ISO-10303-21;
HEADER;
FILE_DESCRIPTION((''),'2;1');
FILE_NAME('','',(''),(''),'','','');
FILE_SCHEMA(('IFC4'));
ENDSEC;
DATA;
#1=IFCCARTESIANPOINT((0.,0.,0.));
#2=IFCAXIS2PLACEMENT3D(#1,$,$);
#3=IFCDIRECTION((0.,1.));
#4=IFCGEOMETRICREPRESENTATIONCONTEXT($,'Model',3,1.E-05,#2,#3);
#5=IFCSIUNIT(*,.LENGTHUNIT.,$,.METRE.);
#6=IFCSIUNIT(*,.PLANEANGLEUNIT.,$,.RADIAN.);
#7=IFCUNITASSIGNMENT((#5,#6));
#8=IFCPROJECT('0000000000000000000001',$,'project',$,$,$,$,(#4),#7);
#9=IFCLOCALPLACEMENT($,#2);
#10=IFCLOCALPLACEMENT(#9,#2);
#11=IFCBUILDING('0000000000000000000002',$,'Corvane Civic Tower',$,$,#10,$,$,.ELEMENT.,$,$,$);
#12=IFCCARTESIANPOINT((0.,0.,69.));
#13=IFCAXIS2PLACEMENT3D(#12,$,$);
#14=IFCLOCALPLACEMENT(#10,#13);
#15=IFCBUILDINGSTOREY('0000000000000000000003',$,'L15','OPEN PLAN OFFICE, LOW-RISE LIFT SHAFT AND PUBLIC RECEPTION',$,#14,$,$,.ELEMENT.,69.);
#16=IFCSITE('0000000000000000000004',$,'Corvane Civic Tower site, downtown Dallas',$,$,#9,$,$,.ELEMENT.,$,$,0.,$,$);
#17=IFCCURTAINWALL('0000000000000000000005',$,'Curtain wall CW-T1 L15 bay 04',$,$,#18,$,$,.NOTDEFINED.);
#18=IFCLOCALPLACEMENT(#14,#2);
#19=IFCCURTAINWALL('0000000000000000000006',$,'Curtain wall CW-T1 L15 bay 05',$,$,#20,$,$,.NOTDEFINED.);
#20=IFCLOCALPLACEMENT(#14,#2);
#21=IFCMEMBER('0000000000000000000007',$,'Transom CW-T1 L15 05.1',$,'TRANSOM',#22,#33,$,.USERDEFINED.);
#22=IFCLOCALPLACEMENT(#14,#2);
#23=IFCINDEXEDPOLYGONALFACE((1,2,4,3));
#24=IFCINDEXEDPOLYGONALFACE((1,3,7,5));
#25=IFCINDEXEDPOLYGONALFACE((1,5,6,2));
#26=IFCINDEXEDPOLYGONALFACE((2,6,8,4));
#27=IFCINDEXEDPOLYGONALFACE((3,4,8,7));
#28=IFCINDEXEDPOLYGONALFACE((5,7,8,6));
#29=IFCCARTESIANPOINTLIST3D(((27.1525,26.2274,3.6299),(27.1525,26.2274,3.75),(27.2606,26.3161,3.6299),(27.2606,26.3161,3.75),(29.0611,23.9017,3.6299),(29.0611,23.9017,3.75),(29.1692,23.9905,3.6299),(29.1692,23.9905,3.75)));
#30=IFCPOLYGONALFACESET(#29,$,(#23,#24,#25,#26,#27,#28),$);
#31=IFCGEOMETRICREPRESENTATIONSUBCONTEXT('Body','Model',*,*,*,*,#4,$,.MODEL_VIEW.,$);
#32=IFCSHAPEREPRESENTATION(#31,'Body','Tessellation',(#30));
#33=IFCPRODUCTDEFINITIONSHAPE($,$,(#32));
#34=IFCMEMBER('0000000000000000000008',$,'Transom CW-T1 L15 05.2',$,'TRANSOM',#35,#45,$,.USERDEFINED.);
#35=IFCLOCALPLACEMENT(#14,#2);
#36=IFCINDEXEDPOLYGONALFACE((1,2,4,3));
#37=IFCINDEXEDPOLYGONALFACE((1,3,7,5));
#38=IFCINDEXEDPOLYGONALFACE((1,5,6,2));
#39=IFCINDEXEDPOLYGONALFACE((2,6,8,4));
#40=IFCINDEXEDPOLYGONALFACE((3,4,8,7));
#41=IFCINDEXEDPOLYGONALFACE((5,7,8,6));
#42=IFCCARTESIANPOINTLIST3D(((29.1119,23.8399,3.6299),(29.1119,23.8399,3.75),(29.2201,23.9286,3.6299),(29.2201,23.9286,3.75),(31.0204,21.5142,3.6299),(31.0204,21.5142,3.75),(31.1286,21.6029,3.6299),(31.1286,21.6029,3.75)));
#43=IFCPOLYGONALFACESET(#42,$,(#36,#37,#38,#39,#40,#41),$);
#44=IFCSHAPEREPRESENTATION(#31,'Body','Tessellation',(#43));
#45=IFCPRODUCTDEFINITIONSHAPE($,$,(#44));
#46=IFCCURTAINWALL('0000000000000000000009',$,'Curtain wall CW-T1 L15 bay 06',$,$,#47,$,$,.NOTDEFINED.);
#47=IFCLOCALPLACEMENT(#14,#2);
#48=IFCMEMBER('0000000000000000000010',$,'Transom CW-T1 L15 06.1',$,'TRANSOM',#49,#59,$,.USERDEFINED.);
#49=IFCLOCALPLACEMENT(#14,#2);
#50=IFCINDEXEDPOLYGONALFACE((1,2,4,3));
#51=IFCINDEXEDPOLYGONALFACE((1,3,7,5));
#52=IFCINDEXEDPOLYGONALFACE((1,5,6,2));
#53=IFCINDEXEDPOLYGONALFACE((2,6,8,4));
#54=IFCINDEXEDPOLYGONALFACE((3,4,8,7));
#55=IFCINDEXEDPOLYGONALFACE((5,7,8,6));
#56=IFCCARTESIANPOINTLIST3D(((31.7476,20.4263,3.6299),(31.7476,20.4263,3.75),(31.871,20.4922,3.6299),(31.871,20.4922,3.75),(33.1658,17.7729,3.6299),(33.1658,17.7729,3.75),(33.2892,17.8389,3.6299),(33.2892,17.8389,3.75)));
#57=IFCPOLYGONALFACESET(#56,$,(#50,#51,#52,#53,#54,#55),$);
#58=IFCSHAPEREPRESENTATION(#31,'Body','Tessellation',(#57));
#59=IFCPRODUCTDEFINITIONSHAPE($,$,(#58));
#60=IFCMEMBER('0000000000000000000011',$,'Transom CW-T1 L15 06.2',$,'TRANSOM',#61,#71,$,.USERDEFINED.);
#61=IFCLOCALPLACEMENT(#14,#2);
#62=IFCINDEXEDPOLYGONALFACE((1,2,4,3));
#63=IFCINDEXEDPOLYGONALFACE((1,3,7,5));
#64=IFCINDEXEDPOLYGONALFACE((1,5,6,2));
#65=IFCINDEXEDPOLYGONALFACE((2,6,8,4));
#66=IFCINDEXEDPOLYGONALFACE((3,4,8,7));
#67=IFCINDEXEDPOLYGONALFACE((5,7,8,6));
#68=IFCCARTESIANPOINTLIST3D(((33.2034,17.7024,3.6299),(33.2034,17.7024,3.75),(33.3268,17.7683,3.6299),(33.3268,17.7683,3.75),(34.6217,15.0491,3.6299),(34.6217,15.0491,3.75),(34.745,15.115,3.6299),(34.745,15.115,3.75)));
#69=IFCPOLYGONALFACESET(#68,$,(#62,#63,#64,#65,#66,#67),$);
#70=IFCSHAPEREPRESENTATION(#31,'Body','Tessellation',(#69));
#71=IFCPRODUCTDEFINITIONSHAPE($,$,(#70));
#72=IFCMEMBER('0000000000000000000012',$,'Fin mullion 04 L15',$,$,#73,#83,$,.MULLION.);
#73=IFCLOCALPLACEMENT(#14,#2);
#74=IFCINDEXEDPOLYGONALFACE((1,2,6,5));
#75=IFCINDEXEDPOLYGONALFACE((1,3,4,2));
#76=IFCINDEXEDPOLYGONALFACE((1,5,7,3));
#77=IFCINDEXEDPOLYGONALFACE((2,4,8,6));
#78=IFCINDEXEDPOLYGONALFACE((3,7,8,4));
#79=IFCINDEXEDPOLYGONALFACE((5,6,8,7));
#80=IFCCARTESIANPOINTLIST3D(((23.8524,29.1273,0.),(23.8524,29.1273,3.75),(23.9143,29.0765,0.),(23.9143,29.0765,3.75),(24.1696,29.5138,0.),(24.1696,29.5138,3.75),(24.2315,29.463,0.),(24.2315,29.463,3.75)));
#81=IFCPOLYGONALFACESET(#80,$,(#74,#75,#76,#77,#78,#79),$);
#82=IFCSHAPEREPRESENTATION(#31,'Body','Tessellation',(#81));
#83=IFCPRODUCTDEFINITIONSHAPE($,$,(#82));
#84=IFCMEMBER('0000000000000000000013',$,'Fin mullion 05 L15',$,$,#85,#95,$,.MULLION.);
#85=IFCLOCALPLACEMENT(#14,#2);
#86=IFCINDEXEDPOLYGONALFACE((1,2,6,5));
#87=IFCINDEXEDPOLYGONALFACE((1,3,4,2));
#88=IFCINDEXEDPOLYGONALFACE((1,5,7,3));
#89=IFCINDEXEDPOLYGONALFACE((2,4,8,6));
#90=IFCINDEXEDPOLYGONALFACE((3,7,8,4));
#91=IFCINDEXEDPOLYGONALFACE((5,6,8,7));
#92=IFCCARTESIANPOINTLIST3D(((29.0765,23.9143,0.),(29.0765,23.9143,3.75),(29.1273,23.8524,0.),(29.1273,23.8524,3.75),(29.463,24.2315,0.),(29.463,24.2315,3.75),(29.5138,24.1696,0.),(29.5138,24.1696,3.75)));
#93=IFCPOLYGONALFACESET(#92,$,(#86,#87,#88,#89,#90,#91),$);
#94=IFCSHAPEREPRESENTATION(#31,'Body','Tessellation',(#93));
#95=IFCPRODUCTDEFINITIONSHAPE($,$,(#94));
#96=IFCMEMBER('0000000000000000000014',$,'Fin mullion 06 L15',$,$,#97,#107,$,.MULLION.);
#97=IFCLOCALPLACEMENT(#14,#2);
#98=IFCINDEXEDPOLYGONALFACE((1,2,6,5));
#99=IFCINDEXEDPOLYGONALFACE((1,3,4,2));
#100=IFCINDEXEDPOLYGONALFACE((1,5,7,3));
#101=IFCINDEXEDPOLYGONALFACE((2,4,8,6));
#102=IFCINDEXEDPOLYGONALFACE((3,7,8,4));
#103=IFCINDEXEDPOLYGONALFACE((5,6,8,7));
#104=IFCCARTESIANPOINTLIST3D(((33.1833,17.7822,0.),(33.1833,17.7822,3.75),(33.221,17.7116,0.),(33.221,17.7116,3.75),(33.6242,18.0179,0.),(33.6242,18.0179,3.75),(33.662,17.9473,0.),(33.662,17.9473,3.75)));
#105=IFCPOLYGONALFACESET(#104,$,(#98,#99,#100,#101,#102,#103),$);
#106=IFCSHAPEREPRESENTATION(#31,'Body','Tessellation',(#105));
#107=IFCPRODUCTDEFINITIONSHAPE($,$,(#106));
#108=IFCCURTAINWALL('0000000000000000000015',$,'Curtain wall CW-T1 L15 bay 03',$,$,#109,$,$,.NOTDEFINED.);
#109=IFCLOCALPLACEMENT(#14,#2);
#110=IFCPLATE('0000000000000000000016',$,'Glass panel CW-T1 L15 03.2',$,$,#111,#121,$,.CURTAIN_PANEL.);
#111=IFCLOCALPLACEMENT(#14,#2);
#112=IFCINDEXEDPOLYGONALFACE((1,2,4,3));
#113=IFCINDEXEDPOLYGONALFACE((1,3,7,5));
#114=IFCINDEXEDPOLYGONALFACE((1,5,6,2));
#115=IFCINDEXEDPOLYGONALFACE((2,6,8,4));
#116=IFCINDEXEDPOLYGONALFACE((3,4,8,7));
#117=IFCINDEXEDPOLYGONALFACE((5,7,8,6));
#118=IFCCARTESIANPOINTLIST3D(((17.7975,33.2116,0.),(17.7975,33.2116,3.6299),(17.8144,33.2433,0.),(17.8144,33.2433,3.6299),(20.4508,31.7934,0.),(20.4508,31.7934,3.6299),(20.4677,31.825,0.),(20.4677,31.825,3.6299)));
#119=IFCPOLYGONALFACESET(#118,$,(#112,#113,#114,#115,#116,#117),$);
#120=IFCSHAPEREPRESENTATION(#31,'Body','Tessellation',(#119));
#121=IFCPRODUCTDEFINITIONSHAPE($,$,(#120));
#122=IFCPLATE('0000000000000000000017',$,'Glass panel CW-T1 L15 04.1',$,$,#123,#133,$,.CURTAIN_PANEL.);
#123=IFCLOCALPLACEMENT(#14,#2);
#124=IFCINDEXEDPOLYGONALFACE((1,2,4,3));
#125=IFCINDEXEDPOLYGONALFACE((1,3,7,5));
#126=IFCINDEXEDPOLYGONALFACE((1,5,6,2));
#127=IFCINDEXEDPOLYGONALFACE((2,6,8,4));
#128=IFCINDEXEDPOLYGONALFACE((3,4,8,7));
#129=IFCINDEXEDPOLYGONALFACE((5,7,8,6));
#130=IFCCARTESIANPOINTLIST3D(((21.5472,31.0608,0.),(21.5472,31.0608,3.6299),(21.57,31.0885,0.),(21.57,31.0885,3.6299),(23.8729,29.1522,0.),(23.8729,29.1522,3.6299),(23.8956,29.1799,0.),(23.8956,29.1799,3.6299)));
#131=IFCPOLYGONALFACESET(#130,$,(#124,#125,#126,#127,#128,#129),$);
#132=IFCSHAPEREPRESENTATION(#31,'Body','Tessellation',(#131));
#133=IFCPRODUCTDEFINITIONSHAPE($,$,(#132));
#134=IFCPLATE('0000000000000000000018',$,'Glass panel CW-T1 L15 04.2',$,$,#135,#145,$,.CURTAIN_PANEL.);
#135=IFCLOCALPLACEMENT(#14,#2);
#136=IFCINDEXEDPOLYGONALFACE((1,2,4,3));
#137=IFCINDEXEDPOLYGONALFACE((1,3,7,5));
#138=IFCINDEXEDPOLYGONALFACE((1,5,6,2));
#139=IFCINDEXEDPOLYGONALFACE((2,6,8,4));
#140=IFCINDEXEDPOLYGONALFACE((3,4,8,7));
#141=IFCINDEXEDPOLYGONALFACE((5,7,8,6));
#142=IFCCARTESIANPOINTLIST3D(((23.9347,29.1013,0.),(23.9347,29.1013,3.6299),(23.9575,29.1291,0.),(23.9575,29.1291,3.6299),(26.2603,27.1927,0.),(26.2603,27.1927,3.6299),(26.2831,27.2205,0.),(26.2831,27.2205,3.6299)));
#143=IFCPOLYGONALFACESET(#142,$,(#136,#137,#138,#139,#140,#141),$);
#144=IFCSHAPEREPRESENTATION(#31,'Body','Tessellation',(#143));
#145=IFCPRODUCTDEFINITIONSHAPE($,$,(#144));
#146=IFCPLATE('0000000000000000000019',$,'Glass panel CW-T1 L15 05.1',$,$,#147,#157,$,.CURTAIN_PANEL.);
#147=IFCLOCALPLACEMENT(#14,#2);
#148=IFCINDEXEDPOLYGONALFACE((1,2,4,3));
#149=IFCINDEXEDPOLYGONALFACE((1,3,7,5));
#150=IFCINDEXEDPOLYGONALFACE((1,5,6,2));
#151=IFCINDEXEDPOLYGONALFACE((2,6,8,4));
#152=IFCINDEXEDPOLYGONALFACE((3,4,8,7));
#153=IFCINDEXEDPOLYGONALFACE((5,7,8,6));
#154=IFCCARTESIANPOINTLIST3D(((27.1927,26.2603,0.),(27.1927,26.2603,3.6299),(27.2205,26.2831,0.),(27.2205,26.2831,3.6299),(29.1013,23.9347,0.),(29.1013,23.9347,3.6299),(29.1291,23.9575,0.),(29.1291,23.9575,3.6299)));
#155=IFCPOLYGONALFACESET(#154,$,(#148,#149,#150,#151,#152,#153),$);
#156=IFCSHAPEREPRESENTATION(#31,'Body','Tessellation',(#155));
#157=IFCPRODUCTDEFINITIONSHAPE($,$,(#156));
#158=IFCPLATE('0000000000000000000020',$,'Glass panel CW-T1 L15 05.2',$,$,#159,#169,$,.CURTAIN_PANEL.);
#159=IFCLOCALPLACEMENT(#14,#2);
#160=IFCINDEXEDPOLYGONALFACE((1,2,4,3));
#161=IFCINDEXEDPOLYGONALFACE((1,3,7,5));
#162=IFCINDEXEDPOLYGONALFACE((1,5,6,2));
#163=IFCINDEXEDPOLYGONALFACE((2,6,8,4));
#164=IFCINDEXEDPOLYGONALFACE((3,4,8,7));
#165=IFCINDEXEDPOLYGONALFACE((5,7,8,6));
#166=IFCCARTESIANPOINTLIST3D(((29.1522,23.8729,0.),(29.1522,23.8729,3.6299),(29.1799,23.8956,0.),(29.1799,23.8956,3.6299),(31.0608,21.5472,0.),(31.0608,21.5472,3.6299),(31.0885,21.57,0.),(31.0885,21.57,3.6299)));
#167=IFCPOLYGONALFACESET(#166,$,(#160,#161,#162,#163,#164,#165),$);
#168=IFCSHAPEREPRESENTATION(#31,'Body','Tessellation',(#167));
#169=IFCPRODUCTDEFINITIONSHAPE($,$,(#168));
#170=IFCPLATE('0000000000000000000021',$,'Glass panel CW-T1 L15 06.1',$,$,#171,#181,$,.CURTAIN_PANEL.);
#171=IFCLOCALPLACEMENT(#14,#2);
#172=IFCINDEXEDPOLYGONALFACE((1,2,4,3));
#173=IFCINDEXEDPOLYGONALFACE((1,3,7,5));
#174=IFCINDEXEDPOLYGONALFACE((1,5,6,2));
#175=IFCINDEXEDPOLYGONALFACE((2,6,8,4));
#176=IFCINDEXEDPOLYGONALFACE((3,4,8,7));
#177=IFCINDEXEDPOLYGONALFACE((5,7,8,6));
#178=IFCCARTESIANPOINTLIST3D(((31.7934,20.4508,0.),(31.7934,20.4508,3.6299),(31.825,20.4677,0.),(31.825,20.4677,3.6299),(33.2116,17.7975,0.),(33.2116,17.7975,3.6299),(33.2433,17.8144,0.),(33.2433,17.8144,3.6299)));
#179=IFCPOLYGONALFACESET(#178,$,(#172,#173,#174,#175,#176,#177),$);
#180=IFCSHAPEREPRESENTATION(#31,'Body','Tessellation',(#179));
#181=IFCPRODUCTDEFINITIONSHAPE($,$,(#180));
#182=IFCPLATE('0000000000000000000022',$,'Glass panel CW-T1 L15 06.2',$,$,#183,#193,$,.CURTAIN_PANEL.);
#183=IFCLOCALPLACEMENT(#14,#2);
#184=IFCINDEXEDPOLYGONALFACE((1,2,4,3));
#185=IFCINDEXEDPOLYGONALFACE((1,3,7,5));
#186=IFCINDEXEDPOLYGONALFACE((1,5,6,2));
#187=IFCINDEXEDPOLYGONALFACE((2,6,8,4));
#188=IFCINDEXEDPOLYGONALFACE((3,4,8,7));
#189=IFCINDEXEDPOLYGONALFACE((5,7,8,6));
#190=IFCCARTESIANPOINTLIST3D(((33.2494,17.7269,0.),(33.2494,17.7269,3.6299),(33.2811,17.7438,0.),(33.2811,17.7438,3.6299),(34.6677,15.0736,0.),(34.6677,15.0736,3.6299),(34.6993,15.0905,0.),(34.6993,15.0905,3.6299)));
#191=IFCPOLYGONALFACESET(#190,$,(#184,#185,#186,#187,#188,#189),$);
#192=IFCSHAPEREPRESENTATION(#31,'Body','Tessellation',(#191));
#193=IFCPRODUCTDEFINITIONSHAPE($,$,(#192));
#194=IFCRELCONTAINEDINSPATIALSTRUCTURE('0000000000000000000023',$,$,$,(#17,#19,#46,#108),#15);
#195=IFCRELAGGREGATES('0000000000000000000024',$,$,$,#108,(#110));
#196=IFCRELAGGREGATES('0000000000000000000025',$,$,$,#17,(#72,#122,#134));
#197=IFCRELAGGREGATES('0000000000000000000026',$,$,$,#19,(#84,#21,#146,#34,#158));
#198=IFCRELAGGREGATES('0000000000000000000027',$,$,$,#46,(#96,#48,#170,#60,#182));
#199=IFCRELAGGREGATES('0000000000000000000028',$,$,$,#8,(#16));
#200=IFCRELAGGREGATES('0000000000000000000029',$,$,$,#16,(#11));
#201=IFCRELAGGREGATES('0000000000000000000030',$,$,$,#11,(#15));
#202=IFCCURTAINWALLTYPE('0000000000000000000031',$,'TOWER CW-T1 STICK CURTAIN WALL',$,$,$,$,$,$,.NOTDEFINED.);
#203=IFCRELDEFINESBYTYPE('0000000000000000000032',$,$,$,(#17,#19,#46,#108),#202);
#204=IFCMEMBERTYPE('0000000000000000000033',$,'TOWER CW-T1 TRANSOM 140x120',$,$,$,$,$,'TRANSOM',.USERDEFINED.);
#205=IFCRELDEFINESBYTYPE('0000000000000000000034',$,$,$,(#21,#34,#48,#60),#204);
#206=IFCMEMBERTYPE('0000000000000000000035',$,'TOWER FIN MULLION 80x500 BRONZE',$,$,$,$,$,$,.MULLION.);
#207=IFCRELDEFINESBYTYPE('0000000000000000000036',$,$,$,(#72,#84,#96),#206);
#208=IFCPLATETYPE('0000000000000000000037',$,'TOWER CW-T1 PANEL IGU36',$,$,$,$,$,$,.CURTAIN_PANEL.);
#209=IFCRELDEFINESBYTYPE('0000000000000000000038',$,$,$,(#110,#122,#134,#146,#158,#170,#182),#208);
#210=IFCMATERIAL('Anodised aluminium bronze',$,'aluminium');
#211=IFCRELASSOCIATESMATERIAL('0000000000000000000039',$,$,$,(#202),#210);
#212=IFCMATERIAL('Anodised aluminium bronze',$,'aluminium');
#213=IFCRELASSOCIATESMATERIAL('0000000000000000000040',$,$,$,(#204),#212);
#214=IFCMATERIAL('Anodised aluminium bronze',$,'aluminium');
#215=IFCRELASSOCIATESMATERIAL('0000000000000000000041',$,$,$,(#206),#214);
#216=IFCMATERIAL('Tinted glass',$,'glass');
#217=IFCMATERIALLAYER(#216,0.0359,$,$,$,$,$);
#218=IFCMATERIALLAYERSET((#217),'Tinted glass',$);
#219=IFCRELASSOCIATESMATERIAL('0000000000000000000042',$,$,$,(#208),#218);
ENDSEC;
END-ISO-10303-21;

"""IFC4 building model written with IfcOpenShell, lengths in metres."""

from ifc_helpers import new_model, si_unit, direction, frame, origin, origin_2d, place, context, subcontext, project, spatial, rectangle, extrude, material, layer, layer_set, material_profile, profile_set, type_object, element, aggregate, save


model = new_model("IFC4")

# Units and contexts
model_context = context("Model", 3, precision=1e-05, world=origin(), true_north=direction((0.0, 1.0)))
body_context = subcontext(model_context, "Body", "Model", "MODEL_VIEW")
ifc_project = project(units=[si_unit("LENGTHUNIT", "METRE"), si_unit("PLANEANGLEUNIT", "RADIAN")], contexts=[model_context])

# Site, building, storey
site_placement = place(None, origin())
site = spatial("IfcSite", under=ifc_project, at=site_placement, Name="Corvane Civic Tower site, downtown Dallas", CompositionType="ELEMENT", RefElevation=0.0)
building_placement = place(site_placement, origin())
building = spatial("IfcBuilding", under=site, at=building_placement, Name="Corvane Civic Tower", CompositionType="ELEMENT")
storey_placement = place(building_placement, frame((0.0, 0.0, 69.0)))
storey = spatial("IfcBuildingStorey", under=building, at=storey_placement, Name="L15", Description="OPEN PLAN OFFICE, LOW-RISE LIFT SHAFT AND PUBLIC RECEPTION", CompositionType="ELEMENT", Elevation=69.0)

# Curtain walls, members
ifc_material_1 = material(Name="Anodised aluminium bronze", Category="aluminium")
curtain_wall_type = type_object("IfcCurtainWallType", Name="TOWER CW-T1 STICK CURTAIN WALL", PredefinedType="NOTDEFINED", material=ifc_material_1)
curtain_wall_1_placement = place(storey_placement, origin())
curtain_wall_1 = element("IfcCurtainWall", 1, at=curtain_wall_1_placement, inside=storey, type_object=curtain_wall_type, Name="Curtain wall CW-T1 L15 bay 04", PredefinedType="NOTDEFINED")
ifc_material_2 = material(Name="Anodised aluminium bronze", Category="aluminium")
ifc_material_profile_1 = material_profile(ifc_material_2, rectangle(XDim=0.1399, YDim=0.1201, at=origin_2d()), Name="TOWER CW-T1 TRANSOM 140x120")
ifc_profile_set_1 = profile_set([ifc_material_profile_1], Name="Anodised aluminium bronze")
member_type_1 = type_object("IfcMemberType", Name="TOWER CW-T1 TRANSOM 140x120", ElementType="TRANSOM", PredefinedType="USERDEFINED", material=ifc_profile_set_1)
curtain_wall_2_placement = place(storey_placement, origin())
curtain_wall_2 = element("IfcCurtainWall", 2, at=curtain_wall_2_placement, inside=storey, type_object=curtain_wall_type, Name="Curtain wall CW-T1 L15 bay 05", PredefinedType="NOTDEFINED")
member_1_placement = place(storey_placement, frame((27.2065, 26.2717, 3.6899), z_axis=(0.634404, -0.773002, 0.0), x_axis=(0.773002, 0.634404, 0.0)))
member_1 = element("IfcMember", 3, at=member_1_placement, type_object=member_type_1, Name="Transom CW-T1 L15 05.1", ObjectType="TRANSOM", PredefinedType="USERDEFINED", context=body_context, shape_type="SweptSolid", body=[
    extrude(rectangle(XDim=0.1399, YDim=0.1201, at=origin_2d()), origin(), (0.0, 0.0, 1.0), 3.0085),
])
member_2_placement = place(storey_placement, frame((29.166, 23.8843, 3.6899), z_axis=(0.634355, -0.773042, 0.0), x_axis=(0.773042, 0.634355, 0.0)))
member_2 = element("IfcMember", 4, at=member_2_placement, type_object=member_type_1, Name="Transom CW-T1 L15 05.2", ObjectType="TRANSOM", PredefinedType="USERDEFINED", context=body_context, shape_type="SweptSolid", body=[
    extrude(rectangle(XDim=0.1399, YDim=0.1201, at=origin_2d()), origin(), (0.0, 0.0, 1.0), 3.0085),
])
curtain_wall_3_placement = place(storey_placement, origin())
curtain_wall_3 = element("IfcCurtainWall", 5, at=curtain_wall_3_placement, inside=storey, type_object=curtain_wall_type, Name="Curtain wall CW-T1 L15 bay 06", PredefinedType="NOTDEFINED")
member_3_placement = place(storey_placement, frame((31.8093, 20.4592, 3.6899), z_axis=(0.471393, -0.881924, 0.0), x_axis=(0.881924, 0.471393, 0.0)))
member_3 = element("IfcMember", 6, at=member_3_placement, type_object=member_type_1, Name="Transom CW-T1 L15 06.1", ObjectType="TRANSOM", PredefinedType="USERDEFINED", context=body_context, shape_type="SweptSolid", body=[
    extrude(rectangle(XDim=0.1399, YDim=0.1201, at=origin_2d()), origin(), (0.0, 0.0, 1.0), 3.0085),
])
member_4_placement = place(storey_placement, frame((33.2651, 17.7354, 3.6899), z_axis=(0.471393, -0.881924, 0.0), x_axis=(0.881924, 0.471393, 0.0)))
member_4 = element("IfcMember", 7, at=member_4_placement, type_object=member_type_1, Name="Transom CW-T1 L15 06.2", ObjectType="TRANSOM", PredefinedType="USERDEFINED", context=body_context, shape_type="SweptSolid", body=[
    extrude(rectangle(XDim=0.1399, YDim=0.1201, at=origin_2d()), origin(), (0.0, 0.0, 1.0), 3.0085),
])

# Members
ifc_material_3 = material(Name="Anodised aluminium bronze", Category="aluminium")
ifc_material_profile_2 = material_profile(ifc_material_3, rectangle(XDim=0.0801, YDim=0.5, at=origin_2d()), Name="TOWER FIN MULLION 80x500 BRONZE")
ifc_profile_set_2 = profile_set([ifc_material_profile_2], Name="Anodised aluminium bronze")
member_type_2 = type_object("IfcMemberType", Name="TOWER FIN MULLION 80x500 BRONZE", PredefinedType="MULLION", material=ifc_profile_set_2)
member_5_placement = place(storey_placement, frame((24.042, 29.2952, 0.0), z_axis=(0.0, 0.0, 1.0), x_axis=(0.773007, -0.634397, 0.0)))
member_5 = element("IfcMember", 8, at=member_5_placement, type_object=member_type_2, Name="Fin mullion 04 L15", PredefinedType="MULLION", context=body_context, shape_type="SweptSolid", body=[
    extrude(rectangle(XDim=0.0801, YDim=0.5, at=origin_2d()), origin(), (0.0, 0.0, 1.0), 3.75),
])
member_6_placement = place(storey_placement, frame((29.2952, 24.042, 0.0), z_axis=(0.0, 0.0, 1.0), x_axis=(0.634397, -0.773007, 0.0)))
member_6 = element("IfcMember", 9, at=member_6_placement, type_object=member_type_2, Name="Fin mullion 05 L15", PredefinedType="MULLION", context=body_context, shape_type="SweptSolid", body=[
    extrude(rectangle(XDim=0.0801, YDim=0.5, at=origin_2d()), origin(), (0.0, 0.0, 1.0), 3.75),
])
member_7_placement = place(storey_placement, frame((33.4226, 17.8647, 0.0), z_axis=(0.0, 0.0, 1.0), x_axis=(0.471404, -0.881918, 0.0)))
member_7 = element("IfcMember", 10, at=member_7_placement, type_object=member_type_2, Name="Fin mullion 06 L15", PredefinedType="MULLION", context=body_context, shape_type="SweptSolid", body=[
    extrude(rectangle(XDim=0.0801, YDim=0.5, at=origin_2d()), origin(), (0.0, 0.0, 1.0), 3.75),
])

# Curtain wall, plate
curtain_wall_4_placement = place(storey_placement, origin())
curtain_wall_4 = element("IfcCurtainWall", 11, at=curtain_wall_4_placement, inside=storey, type_object=curtain_wall_type, Name="Curtain wall CW-T1 L15 bay 03", PredefinedType="NOTDEFINED")
ifc_material_4 = material(Name="Tinted glass", Category="glass")
ifc_layer_1 = layer(ifc_material_4, 0.0359)
ifc_layer_set_1 = layer_set([ifc_layer_1], Name="Tinted glass")
plate_type = type_object("IfcPlateType", Name="TOWER CW-T1 PANEL IGU36", PredefinedType="CURTAIN_PANEL", material=ifc_layer_set_1)
plate_1_placement = place(storey_placement, frame((19.1326, 32.5183, 0.0), z_axis=(0.0, 0.0, 1.0), x_axis=(0.881918, -0.471404, 0.0)))
plate_1 = element("IfcPlate", 12, at=plate_1_placement, type_object=plate_type, Name="Glass panel CW-T1 L15 03.2", PredefinedType="CURTAIN_PANEL", context=body_context, shape_type="SweptSolid", body=[
    extrude(rectangle(XDim=3.0085, YDim=0.0359, at=origin_2d()), origin(), (0.0, 0.0, 1.0), 3.6299),
])
aggregate(curtain_wall_4, [plate_1])

# Plates
plate_2_placement = place(storey_placement, frame((22.7214, 30.1204, 0.0), z_axis=(0.0, 0.0, 1.0), x_axis=(0.773007, -0.634397, 0.0)))
plate_2 = element("IfcPlate", 13, at=plate_2_placement, type_object=plate_type, Name="Glass panel CW-T1 L15 04.1", PredefinedType="CURTAIN_PANEL", context=body_context, shape_type="SweptSolid", body=[
    extrude(rectangle(XDim=3.0085, YDim=0.0359, at=origin_2d()), origin(), (0.0, 0.0, 1.0), 3.6299),
])
plate_3_placement = place(storey_placement, frame((25.1089, 28.1609, 0.0), z_axis=(0.0, 0.0, 1.0), x_axis=(0.773007, -0.634397, 0.0)))
plate_3 = element("IfcPlate", 14, at=plate_3_placement, type_object=plate_type, Name="Glass panel CW-T1 L15 04.2", PredefinedType="CURTAIN_PANEL", context=body_context, shape_type="SweptSolid", body=[
    extrude(rectangle(XDim=3.0085, YDim=0.0359, at=origin_2d()), origin(), (0.0, 0.0, 1.0), 3.6299),
])
aggregate(curtain_wall_1, [member_5, plate_2, plate_3])
plate_4_placement = place(storey_placement, frame((28.1609, 25.1089, 0.0), z_axis=(0.0, 0.0, 1.0), x_axis=(0.634397, -0.773007, 0.0)))
plate_4 = element("IfcPlate", 15, at=plate_4_placement, type_object=plate_type, Name="Glass panel CW-T1 L15 05.1", PredefinedType="CURTAIN_PANEL", context=body_context, shape_type="SweptSolid", body=[
    extrude(rectangle(XDim=3.0085, YDim=0.0359, at=origin_2d()), origin(), (0.0, 0.0, 1.0), 3.6299),
])
plate_5_placement = place(storey_placement, frame((30.1204, 22.7214, 0.0), z_axis=(0.0, 0.0, 1.0), x_axis=(0.634397, -0.773007, 0.0)))
plate_5 = element("IfcPlate", 16, at=plate_5_placement, type_object=plate_type, Name="Glass panel CW-T1 L15 05.2", PredefinedType="CURTAIN_PANEL", context=body_context, shape_type="SweptSolid", body=[
    extrude(rectangle(XDim=3.0085, YDim=0.0359, at=origin_2d()), origin(), (0.0, 0.0, 1.0), 3.6299),
])
aggregate(curtain_wall_2, [member_6, member_1, plate_4, member_2, plate_5])
plate_6_placement = place(storey_placement, frame((32.5183, 19.1326, 0.0), z_axis=(0.0, 0.0, 1.0), x_axis=(0.471404, -0.881918, 0.0)))
plate_6 = element("IfcPlate", 17, at=plate_6_placement, type_object=plate_type, Name="Glass panel CW-T1 L15 06.1", PredefinedType="CURTAIN_PANEL", context=body_context, shape_type="SweptSolid", body=[
    extrude(rectangle(XDim=3.0085, YDim=0.0359, at=origin_2d()), origin(), (0.0, 0.0, 1.0), 3.6299),
])
plate_7_placement = place(storey_placement, frame((33.9744, 16.4087, 0.0), z_axis=(0.0, 0.0, 1.0), x_axis=(0.471404, -0.881918, 0.0)))
plate_7 = element("IfcPlate", 18, at=plate_7_placement, type_object=plate_type, Name="Glass panel CW-T1 L15 06.2", PredefinedType="CURTAIN_PANEL", context=body_context, shape_type="SweptSolid", body=[
    extrude(rectangle(XDim=3.0085, YDim=0.0359, at=origin_2d()), origin(), (0.0, 0.0, 1.0), 3.6299),
])
aggregate(curtain_wall_3, [member_7, member_3, plate_6, member_4, plate_7])

save(model, "model.ifc")
